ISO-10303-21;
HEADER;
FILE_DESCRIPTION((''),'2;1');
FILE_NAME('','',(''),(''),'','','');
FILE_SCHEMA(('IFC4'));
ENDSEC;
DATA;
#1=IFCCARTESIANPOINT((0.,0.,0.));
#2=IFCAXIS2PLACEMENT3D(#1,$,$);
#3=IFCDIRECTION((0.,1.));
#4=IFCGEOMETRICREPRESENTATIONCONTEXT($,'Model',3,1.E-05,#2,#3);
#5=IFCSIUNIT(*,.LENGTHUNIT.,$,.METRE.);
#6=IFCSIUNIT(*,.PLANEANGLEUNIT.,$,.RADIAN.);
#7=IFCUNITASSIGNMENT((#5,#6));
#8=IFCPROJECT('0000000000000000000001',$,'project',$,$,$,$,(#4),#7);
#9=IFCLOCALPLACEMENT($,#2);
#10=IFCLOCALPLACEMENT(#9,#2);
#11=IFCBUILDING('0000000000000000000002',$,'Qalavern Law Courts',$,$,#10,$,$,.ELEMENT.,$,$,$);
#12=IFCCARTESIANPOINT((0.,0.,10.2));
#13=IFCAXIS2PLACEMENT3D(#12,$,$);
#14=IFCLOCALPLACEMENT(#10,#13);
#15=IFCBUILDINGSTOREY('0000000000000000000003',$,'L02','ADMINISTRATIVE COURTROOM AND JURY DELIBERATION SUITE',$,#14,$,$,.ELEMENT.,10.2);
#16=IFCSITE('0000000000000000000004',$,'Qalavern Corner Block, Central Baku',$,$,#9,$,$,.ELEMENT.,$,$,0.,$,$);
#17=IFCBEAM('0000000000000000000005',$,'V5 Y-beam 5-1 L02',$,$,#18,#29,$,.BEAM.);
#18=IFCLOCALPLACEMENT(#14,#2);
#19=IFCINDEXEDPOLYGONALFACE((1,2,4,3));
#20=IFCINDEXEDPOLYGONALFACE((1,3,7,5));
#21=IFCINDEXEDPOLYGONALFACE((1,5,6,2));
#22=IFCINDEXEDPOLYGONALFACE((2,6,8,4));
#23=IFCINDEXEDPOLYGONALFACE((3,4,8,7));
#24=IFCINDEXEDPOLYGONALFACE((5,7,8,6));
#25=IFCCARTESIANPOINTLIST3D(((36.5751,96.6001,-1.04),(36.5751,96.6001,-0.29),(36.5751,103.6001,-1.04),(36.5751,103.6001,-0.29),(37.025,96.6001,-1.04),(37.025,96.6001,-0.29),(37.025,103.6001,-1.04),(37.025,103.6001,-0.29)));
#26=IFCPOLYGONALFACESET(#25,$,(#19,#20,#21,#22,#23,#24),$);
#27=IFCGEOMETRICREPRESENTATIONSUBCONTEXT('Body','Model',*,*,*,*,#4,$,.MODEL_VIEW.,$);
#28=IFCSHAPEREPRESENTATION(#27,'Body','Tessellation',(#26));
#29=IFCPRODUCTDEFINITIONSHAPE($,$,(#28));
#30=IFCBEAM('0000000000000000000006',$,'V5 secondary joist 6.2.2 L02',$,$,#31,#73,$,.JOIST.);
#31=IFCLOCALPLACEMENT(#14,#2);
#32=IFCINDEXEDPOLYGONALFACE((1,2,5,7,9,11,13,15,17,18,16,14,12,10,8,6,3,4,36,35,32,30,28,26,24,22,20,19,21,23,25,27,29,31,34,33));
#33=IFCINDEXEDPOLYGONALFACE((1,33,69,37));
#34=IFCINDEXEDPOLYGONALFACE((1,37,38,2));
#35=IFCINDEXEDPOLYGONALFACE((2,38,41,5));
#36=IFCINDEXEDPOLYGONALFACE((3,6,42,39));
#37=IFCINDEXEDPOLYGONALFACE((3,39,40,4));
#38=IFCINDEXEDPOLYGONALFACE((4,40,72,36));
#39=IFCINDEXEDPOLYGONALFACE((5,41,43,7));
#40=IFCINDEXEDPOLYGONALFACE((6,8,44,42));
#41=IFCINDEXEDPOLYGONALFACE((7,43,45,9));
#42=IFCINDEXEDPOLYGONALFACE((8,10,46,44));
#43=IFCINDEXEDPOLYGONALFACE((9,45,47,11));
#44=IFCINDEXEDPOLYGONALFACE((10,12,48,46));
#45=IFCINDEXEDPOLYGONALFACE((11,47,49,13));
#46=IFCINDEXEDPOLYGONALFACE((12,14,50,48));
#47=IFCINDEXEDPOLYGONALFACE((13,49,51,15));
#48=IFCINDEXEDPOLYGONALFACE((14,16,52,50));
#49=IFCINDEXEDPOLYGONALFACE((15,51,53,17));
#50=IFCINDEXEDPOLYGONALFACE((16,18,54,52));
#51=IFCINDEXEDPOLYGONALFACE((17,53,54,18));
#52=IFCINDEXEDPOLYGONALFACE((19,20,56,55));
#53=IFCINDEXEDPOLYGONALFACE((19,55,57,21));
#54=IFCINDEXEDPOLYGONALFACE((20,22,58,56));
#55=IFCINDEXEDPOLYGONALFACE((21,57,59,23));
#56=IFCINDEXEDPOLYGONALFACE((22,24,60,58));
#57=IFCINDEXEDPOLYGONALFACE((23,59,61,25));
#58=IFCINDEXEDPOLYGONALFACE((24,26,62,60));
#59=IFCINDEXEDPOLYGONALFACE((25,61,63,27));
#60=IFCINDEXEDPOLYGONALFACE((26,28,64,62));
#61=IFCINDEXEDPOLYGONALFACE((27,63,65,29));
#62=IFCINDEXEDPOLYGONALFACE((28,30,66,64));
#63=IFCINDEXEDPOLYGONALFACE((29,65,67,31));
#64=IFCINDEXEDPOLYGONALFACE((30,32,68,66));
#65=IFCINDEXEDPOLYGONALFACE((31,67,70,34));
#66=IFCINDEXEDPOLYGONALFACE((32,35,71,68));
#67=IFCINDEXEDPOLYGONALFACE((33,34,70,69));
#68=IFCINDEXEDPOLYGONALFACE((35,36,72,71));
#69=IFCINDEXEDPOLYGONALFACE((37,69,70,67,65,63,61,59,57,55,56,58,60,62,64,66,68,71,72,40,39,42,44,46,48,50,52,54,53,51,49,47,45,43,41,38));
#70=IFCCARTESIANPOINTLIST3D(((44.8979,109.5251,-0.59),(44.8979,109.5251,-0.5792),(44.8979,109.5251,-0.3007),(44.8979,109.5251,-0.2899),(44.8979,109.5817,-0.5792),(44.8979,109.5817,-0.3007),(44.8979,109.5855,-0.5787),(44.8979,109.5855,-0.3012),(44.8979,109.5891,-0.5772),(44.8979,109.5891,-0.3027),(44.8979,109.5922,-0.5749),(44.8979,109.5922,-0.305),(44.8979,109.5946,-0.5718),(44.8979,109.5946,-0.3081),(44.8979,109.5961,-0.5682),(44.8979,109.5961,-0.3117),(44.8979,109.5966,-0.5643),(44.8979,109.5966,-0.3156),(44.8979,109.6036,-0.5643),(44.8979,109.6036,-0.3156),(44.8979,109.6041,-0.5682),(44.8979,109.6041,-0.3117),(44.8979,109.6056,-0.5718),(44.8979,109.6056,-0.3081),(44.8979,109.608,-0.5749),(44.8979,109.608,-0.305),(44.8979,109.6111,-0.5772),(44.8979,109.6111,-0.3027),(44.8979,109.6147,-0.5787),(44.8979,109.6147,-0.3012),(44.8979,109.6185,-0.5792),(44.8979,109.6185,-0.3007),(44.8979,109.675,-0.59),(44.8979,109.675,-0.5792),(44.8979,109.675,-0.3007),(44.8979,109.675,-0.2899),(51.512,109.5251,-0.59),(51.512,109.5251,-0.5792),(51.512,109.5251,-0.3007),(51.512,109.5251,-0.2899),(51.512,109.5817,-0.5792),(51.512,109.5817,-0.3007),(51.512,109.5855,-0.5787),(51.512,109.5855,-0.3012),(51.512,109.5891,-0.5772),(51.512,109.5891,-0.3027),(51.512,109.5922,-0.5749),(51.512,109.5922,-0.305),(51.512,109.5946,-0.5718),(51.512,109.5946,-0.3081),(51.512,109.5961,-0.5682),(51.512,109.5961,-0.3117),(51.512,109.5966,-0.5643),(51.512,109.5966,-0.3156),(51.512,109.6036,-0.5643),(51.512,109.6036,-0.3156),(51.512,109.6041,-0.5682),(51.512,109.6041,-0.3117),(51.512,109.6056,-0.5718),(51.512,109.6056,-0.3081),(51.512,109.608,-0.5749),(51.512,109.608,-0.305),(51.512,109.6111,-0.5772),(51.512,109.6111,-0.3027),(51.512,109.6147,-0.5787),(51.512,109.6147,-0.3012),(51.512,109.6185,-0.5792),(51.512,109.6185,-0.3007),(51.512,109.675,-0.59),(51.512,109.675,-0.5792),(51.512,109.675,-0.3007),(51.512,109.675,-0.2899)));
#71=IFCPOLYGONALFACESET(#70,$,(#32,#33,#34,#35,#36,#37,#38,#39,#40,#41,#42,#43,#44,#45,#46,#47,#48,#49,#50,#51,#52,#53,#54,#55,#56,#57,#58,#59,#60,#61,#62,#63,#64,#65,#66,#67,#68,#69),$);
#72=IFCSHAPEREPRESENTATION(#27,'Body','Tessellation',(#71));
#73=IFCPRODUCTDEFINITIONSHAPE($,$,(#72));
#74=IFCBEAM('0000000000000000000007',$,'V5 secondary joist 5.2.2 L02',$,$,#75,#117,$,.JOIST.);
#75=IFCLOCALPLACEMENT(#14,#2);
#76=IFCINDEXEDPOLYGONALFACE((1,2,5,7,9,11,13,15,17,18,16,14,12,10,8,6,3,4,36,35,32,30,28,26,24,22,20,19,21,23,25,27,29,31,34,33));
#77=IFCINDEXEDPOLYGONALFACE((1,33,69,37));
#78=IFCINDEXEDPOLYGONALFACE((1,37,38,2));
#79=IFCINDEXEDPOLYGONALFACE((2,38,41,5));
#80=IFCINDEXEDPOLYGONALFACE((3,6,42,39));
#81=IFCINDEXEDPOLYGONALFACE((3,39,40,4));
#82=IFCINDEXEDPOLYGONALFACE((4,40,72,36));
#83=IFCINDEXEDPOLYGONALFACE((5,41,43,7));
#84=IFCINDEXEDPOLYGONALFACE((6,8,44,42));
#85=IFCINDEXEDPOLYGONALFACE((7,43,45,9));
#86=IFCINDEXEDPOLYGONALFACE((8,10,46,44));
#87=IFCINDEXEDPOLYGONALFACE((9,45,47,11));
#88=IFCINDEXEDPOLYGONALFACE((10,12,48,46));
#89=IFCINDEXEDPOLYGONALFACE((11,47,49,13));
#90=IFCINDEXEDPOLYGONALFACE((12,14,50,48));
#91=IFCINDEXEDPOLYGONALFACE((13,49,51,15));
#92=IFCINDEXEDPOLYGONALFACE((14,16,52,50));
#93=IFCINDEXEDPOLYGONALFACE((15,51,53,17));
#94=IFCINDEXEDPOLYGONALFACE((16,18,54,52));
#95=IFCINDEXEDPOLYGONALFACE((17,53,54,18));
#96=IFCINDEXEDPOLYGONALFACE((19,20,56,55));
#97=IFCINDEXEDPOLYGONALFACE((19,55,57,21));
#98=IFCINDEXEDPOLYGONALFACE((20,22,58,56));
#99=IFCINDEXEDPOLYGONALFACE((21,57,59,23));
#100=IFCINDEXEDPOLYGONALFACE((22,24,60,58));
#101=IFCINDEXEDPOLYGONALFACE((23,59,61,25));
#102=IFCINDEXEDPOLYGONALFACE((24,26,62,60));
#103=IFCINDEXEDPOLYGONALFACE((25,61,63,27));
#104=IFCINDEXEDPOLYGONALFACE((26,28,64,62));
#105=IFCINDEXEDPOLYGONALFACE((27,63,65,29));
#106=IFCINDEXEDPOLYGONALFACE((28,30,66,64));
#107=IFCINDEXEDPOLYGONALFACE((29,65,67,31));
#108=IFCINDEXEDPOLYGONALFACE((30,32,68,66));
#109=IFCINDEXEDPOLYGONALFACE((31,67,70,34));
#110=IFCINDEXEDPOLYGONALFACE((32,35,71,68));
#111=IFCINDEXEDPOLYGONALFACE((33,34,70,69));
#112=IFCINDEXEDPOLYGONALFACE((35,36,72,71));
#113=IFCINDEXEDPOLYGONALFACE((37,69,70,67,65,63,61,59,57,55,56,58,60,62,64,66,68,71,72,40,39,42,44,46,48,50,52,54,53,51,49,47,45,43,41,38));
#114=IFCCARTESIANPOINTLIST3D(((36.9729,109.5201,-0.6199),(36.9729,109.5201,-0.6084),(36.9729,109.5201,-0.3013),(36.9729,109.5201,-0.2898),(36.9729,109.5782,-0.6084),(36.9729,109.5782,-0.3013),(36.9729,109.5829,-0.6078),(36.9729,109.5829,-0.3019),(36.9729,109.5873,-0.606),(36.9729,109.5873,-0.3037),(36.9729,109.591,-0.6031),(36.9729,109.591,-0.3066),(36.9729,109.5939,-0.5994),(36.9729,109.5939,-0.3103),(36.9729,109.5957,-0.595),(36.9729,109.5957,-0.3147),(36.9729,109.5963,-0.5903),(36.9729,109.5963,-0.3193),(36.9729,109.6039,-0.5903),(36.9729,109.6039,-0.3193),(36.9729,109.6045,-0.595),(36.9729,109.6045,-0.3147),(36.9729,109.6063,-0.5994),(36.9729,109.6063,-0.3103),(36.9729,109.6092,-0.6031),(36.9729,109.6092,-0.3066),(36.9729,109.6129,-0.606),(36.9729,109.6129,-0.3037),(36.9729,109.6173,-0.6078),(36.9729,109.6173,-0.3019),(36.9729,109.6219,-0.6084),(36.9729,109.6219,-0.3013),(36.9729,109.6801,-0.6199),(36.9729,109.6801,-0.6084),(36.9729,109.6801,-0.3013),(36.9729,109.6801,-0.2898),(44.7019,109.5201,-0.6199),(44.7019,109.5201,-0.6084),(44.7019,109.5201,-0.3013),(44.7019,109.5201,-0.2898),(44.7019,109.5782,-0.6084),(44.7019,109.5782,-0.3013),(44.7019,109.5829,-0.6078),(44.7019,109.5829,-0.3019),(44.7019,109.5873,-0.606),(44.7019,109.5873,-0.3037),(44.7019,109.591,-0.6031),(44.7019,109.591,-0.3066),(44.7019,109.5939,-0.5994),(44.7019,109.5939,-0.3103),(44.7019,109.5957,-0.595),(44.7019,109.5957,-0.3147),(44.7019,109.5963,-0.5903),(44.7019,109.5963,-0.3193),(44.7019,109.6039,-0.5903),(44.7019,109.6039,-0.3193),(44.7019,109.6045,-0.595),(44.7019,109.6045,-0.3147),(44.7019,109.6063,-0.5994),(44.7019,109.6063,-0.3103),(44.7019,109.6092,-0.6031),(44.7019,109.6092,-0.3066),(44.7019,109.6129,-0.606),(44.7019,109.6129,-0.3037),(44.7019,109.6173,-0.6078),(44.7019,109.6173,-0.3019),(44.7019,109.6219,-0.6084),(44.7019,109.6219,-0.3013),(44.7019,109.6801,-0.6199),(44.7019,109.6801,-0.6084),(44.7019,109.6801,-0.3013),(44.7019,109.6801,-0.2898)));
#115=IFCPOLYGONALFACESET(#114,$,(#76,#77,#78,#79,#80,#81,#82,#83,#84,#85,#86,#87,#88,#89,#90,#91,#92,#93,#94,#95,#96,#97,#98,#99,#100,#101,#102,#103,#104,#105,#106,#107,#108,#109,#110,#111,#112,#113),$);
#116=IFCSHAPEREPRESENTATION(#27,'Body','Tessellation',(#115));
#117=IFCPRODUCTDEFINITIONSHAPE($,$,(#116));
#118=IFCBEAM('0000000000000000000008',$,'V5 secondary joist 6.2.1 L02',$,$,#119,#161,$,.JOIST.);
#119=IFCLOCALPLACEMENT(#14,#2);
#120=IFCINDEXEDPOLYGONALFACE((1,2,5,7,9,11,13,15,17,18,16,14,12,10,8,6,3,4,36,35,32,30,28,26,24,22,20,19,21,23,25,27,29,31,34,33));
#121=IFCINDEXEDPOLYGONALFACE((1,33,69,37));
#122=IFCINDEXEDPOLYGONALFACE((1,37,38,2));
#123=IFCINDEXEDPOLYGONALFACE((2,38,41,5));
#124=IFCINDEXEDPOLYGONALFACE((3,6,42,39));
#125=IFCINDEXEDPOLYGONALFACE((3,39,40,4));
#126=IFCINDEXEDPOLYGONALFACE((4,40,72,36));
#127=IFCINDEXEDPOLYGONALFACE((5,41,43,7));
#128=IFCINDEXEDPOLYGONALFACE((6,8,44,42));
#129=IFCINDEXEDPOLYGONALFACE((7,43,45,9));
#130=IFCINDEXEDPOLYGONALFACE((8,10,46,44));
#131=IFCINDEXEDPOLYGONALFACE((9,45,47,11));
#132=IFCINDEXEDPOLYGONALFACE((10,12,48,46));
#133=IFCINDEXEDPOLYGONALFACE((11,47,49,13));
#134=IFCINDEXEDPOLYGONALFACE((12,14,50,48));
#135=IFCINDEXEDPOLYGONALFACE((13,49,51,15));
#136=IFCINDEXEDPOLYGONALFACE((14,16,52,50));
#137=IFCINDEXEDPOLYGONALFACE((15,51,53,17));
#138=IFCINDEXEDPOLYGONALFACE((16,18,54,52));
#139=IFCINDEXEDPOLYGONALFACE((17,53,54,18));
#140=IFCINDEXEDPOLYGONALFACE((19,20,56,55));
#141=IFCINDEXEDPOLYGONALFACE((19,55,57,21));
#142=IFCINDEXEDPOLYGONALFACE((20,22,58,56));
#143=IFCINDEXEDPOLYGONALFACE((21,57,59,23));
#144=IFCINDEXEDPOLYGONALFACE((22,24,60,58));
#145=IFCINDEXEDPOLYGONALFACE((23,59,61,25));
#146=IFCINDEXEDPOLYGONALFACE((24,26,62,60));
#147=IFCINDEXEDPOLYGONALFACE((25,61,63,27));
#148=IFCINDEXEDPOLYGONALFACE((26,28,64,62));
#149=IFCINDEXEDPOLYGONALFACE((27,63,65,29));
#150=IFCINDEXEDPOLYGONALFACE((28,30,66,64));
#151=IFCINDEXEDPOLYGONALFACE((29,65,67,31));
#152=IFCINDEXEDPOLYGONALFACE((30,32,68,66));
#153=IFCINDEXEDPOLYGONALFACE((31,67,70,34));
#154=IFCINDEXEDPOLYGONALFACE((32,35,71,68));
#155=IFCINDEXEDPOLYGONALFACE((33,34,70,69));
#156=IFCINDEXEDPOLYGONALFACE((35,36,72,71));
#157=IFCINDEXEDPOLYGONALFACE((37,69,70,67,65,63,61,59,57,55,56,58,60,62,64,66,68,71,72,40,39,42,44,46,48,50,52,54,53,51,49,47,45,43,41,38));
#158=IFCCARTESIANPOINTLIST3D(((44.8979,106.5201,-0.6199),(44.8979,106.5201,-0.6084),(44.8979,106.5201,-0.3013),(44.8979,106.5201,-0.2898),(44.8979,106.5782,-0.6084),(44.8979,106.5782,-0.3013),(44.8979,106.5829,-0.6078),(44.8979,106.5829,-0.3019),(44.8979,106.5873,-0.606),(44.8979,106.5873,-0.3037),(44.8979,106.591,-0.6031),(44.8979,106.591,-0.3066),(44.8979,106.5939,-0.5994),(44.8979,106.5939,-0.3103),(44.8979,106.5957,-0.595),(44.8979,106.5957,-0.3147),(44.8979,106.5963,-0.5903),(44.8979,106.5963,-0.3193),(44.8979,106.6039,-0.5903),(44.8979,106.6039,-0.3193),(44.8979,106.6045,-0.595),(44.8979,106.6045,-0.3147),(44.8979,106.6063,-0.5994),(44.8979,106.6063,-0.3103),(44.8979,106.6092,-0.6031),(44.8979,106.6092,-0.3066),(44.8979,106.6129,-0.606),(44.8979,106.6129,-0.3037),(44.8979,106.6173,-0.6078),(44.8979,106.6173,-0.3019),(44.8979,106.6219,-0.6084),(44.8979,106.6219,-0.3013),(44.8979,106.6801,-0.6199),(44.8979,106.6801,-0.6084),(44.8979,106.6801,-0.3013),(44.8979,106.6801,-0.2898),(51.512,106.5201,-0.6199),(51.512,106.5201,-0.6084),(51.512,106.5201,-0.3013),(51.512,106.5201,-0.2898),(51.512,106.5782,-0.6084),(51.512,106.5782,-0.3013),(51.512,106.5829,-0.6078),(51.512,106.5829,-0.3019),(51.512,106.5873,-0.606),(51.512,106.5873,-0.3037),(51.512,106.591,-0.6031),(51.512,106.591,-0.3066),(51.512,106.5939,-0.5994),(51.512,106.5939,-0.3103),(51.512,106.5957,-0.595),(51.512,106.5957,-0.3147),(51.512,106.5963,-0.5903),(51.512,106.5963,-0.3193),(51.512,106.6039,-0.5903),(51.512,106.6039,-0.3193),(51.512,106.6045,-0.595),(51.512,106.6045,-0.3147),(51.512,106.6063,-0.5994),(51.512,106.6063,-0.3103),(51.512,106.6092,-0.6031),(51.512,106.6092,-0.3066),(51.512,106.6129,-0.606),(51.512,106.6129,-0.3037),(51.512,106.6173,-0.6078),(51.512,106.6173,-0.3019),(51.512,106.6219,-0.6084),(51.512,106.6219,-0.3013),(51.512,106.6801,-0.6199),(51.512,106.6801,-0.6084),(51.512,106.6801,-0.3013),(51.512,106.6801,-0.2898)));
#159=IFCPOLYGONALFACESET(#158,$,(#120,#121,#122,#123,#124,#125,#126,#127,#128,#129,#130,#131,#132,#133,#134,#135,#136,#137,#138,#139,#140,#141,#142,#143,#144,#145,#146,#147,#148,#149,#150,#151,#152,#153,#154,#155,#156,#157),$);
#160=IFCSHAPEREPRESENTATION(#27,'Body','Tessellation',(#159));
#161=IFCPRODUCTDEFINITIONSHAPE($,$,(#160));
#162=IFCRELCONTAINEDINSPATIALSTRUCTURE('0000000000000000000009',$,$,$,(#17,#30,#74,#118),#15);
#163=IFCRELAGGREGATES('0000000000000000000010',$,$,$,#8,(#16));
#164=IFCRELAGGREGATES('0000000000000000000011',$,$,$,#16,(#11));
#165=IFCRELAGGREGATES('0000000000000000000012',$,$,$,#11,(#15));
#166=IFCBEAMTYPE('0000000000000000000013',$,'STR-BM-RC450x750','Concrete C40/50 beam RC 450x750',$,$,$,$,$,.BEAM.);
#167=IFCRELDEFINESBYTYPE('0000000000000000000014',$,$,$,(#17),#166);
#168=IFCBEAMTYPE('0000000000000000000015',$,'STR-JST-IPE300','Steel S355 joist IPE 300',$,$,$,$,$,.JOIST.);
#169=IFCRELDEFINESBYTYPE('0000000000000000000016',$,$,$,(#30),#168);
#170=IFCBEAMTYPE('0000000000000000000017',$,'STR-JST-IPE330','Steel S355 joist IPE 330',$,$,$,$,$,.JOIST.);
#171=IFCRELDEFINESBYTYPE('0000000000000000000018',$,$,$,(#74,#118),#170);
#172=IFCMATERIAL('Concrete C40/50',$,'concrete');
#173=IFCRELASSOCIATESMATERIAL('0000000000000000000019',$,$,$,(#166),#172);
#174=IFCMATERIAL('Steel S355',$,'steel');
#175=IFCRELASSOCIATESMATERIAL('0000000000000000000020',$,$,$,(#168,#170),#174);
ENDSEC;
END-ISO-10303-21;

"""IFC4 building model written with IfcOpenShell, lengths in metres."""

from ifc_helpers import new_model, si_unit, direction, frame, origin, origin_2d, place, context, subcontext, project, spatial, rectangle, i_section, extrude, material, material_profile, profile_set, type_object, element, save


model = new_model("IFC4")

# Units and contexts
model_context = context("Model", 3, precision=1e-05, world=origin(), true_north=direction((0.0, 1.0)))
body_context = subcontext(model_context, "Body", "Model", "MODEL_VIEW")
ifc_project = project(units=[si_unit("LENGTHUNIT", "METRE"), si_unit("PLANEANGLEUNIT", "RADIAN")], contexts=[model_context])

# Site, building, storey
site_placement = place(None, origin())
site = spatial("IfcSite", under=ifc_project, at=site_placement, Name="Qalavern Corner Block, Central Baku", CompositionType="ELEMENT", RefElevation=0.0)
building_placement = place(site_placement, origin())
building = spatial("IfcBuilding", under=site, at=building_placement, Name="Qalavern Law Courts", CompositionType="ELEMENT")
storey_placement = place(building_placement, frame((0.0, 0.0, 10.2)))
storey = spatial("IfcBuildingStorey", under=building, at=storey_placement, Name="L02", Description="ADMINISTRATIVE COURTROOM AND JURY DELIBERATION SUITE", CompositionType="ELEMENT", Elevation=10.2)

# Beams
ifc_material_1 = material(Name="Steel S355", Category="steel")
ifc_material_2 = material(Name="Concrete C40/50", Category="concrete")
ifc_material_profile_1 = material_profile(ifc_material_2, rectangle(XDim=0.45, YDim=0.75, at=origin_2d()), Name="RC 450x750")
ifc_profile_set_1 = profile_set([ifc_material_profile_1], Name="Concrete C40/50")
beam_type_1 = type_object("IfcBeamType", Name="STR-BM-RC450x750", Description="Concrete C40/50 beam RC 450x750", PredefinedType="BEAM", material=ifc_profile_set_1)
beam_1_placement = place(storey_placement, frame((36.8, 96.6001, -0.665), z_axis=(0.0, 1.0, 0.0), x_axis=(-1.0, 0.0, 0.0)))
element("IfcBeam", 1, at=beam_1_placement, inside=storey, type_object=beam_type_1, Name="V5 Y-beam 5-1 L02", PredefinedType="BEAM", context=body_context, shape_type="SweptSolid", body=[
    extrude(rectangle(XDim=0.45, YDim=0.75, at=origin_2d()), origin(), (0.0, 0.0, 1.0), 7.0),
])
ifc_material_profile_2 = material_profile(ifc_material_1, i_section(OverallWidth=0.1499, OverallDepth=0.3, WebThickness=0.0071, FlangeThickness=0.0107, FilletRadius=0.0149, at=origin_2d()), Name="IPE 300")
ifc_profile_set_2 = profile_set([ifc_material_profile_2], Name="Steel S355")
beam_type_2 = type_object("IfcBeamType", Name="STR-JST-IPE300", Description="Steel S355 joist IPE 300", PredefinedType="JOIST", material=ifc_profile_set_2)
beam_2_placement = place(storey_placement, frame((44.8979, 109.6001, -0.4399), z_axis=(1.0, 0.0, 0.0), x_axis=(0.0, 1.0, 0.0)))
element("IfcBeam", 2, at=beam_2_placement, inside=storey, type_object=beam_type_2, Name="V5 secondary joist 6.2.2 L02", PredefinedType="JOIST", context=body_context, shape_type="SweptSolid", body=[
    extrude(i_section(OverallWidth=0.1499, OverallDepth=0.3, WebThickness=0.0071, FlangeThickness=0.0107, FilletRadius=0.0149, at=origin_2d()), origin(), (0.0, 0.0, 1.0), 6.614),
])
ifc_material_profile_3 = material_profile(ifc_material_1, i_section(OverallWidth=0.1599, OverallDepth=0.3301, WebThickness=0.0076, FlangeThickness=0.0115, FilletRadius=0.0181, at=origin_2d()), Name="IPE 330")
ifc_profile_set_3 = profile_set([ifc_material_profile_3], Name="Steel S355")
beam_type_3 = type_object("IfcBeamType", Name="STR-JST-IPE330", Description="Steel S355 joist IPE 330", PredefinedType="JOIST", material=ifc_profile_set_3)
beam_3_placement = place(storey_placement, frame((36.9729, 109.6001, -0.4548), z_axis=(1.0, 0.0, 0.0), x_axis=(0.0, 1.0, 0.0)))
element("IfcBeam", 3, at=beam_3_placement, inside=storey, type_object=beam_type_3, Name="V5 secondary joist 5.2.2 L02", PredefinedType="JOIST", context=body_context, shape_type="SweptSolid", body=[
    extrude(i_section(OverallWidth=0.1599, OverallDepth=0.3301, WebThickness=0.0076, FlangeThickness=0.0115, FilletRadius=0.0181, at=origin_2d()), origin(), (0.0, 0.0, 1.0), 7.729),
])
beam_4_placement = place(storey_placement, frame((44.8979, 106.6001, -0.4548), z_axis=(1.0, 0.0, 0.0), x_axis=(0.0, 1.0, 0.0)))
element("IfcBeam", 4, at=beam_4_placement, inside=storey, type_object=beam_type_3, Name="V5 secondary joist 6.2.1 L02", PredefinedType="JOIST", context=body_context, shape_type="SweptSolid", body=[
    extrude(i_section(OverallWidth=0.1599, OverallDepth=0.3301, WebThickness=0.0076, FlangeThickness=0.0115, FilletRadius=0.0181, at=origin_2d()), origin(), (0.0, 0.0, 1.0), 6.614),
])

save(model, "model.ifc")
